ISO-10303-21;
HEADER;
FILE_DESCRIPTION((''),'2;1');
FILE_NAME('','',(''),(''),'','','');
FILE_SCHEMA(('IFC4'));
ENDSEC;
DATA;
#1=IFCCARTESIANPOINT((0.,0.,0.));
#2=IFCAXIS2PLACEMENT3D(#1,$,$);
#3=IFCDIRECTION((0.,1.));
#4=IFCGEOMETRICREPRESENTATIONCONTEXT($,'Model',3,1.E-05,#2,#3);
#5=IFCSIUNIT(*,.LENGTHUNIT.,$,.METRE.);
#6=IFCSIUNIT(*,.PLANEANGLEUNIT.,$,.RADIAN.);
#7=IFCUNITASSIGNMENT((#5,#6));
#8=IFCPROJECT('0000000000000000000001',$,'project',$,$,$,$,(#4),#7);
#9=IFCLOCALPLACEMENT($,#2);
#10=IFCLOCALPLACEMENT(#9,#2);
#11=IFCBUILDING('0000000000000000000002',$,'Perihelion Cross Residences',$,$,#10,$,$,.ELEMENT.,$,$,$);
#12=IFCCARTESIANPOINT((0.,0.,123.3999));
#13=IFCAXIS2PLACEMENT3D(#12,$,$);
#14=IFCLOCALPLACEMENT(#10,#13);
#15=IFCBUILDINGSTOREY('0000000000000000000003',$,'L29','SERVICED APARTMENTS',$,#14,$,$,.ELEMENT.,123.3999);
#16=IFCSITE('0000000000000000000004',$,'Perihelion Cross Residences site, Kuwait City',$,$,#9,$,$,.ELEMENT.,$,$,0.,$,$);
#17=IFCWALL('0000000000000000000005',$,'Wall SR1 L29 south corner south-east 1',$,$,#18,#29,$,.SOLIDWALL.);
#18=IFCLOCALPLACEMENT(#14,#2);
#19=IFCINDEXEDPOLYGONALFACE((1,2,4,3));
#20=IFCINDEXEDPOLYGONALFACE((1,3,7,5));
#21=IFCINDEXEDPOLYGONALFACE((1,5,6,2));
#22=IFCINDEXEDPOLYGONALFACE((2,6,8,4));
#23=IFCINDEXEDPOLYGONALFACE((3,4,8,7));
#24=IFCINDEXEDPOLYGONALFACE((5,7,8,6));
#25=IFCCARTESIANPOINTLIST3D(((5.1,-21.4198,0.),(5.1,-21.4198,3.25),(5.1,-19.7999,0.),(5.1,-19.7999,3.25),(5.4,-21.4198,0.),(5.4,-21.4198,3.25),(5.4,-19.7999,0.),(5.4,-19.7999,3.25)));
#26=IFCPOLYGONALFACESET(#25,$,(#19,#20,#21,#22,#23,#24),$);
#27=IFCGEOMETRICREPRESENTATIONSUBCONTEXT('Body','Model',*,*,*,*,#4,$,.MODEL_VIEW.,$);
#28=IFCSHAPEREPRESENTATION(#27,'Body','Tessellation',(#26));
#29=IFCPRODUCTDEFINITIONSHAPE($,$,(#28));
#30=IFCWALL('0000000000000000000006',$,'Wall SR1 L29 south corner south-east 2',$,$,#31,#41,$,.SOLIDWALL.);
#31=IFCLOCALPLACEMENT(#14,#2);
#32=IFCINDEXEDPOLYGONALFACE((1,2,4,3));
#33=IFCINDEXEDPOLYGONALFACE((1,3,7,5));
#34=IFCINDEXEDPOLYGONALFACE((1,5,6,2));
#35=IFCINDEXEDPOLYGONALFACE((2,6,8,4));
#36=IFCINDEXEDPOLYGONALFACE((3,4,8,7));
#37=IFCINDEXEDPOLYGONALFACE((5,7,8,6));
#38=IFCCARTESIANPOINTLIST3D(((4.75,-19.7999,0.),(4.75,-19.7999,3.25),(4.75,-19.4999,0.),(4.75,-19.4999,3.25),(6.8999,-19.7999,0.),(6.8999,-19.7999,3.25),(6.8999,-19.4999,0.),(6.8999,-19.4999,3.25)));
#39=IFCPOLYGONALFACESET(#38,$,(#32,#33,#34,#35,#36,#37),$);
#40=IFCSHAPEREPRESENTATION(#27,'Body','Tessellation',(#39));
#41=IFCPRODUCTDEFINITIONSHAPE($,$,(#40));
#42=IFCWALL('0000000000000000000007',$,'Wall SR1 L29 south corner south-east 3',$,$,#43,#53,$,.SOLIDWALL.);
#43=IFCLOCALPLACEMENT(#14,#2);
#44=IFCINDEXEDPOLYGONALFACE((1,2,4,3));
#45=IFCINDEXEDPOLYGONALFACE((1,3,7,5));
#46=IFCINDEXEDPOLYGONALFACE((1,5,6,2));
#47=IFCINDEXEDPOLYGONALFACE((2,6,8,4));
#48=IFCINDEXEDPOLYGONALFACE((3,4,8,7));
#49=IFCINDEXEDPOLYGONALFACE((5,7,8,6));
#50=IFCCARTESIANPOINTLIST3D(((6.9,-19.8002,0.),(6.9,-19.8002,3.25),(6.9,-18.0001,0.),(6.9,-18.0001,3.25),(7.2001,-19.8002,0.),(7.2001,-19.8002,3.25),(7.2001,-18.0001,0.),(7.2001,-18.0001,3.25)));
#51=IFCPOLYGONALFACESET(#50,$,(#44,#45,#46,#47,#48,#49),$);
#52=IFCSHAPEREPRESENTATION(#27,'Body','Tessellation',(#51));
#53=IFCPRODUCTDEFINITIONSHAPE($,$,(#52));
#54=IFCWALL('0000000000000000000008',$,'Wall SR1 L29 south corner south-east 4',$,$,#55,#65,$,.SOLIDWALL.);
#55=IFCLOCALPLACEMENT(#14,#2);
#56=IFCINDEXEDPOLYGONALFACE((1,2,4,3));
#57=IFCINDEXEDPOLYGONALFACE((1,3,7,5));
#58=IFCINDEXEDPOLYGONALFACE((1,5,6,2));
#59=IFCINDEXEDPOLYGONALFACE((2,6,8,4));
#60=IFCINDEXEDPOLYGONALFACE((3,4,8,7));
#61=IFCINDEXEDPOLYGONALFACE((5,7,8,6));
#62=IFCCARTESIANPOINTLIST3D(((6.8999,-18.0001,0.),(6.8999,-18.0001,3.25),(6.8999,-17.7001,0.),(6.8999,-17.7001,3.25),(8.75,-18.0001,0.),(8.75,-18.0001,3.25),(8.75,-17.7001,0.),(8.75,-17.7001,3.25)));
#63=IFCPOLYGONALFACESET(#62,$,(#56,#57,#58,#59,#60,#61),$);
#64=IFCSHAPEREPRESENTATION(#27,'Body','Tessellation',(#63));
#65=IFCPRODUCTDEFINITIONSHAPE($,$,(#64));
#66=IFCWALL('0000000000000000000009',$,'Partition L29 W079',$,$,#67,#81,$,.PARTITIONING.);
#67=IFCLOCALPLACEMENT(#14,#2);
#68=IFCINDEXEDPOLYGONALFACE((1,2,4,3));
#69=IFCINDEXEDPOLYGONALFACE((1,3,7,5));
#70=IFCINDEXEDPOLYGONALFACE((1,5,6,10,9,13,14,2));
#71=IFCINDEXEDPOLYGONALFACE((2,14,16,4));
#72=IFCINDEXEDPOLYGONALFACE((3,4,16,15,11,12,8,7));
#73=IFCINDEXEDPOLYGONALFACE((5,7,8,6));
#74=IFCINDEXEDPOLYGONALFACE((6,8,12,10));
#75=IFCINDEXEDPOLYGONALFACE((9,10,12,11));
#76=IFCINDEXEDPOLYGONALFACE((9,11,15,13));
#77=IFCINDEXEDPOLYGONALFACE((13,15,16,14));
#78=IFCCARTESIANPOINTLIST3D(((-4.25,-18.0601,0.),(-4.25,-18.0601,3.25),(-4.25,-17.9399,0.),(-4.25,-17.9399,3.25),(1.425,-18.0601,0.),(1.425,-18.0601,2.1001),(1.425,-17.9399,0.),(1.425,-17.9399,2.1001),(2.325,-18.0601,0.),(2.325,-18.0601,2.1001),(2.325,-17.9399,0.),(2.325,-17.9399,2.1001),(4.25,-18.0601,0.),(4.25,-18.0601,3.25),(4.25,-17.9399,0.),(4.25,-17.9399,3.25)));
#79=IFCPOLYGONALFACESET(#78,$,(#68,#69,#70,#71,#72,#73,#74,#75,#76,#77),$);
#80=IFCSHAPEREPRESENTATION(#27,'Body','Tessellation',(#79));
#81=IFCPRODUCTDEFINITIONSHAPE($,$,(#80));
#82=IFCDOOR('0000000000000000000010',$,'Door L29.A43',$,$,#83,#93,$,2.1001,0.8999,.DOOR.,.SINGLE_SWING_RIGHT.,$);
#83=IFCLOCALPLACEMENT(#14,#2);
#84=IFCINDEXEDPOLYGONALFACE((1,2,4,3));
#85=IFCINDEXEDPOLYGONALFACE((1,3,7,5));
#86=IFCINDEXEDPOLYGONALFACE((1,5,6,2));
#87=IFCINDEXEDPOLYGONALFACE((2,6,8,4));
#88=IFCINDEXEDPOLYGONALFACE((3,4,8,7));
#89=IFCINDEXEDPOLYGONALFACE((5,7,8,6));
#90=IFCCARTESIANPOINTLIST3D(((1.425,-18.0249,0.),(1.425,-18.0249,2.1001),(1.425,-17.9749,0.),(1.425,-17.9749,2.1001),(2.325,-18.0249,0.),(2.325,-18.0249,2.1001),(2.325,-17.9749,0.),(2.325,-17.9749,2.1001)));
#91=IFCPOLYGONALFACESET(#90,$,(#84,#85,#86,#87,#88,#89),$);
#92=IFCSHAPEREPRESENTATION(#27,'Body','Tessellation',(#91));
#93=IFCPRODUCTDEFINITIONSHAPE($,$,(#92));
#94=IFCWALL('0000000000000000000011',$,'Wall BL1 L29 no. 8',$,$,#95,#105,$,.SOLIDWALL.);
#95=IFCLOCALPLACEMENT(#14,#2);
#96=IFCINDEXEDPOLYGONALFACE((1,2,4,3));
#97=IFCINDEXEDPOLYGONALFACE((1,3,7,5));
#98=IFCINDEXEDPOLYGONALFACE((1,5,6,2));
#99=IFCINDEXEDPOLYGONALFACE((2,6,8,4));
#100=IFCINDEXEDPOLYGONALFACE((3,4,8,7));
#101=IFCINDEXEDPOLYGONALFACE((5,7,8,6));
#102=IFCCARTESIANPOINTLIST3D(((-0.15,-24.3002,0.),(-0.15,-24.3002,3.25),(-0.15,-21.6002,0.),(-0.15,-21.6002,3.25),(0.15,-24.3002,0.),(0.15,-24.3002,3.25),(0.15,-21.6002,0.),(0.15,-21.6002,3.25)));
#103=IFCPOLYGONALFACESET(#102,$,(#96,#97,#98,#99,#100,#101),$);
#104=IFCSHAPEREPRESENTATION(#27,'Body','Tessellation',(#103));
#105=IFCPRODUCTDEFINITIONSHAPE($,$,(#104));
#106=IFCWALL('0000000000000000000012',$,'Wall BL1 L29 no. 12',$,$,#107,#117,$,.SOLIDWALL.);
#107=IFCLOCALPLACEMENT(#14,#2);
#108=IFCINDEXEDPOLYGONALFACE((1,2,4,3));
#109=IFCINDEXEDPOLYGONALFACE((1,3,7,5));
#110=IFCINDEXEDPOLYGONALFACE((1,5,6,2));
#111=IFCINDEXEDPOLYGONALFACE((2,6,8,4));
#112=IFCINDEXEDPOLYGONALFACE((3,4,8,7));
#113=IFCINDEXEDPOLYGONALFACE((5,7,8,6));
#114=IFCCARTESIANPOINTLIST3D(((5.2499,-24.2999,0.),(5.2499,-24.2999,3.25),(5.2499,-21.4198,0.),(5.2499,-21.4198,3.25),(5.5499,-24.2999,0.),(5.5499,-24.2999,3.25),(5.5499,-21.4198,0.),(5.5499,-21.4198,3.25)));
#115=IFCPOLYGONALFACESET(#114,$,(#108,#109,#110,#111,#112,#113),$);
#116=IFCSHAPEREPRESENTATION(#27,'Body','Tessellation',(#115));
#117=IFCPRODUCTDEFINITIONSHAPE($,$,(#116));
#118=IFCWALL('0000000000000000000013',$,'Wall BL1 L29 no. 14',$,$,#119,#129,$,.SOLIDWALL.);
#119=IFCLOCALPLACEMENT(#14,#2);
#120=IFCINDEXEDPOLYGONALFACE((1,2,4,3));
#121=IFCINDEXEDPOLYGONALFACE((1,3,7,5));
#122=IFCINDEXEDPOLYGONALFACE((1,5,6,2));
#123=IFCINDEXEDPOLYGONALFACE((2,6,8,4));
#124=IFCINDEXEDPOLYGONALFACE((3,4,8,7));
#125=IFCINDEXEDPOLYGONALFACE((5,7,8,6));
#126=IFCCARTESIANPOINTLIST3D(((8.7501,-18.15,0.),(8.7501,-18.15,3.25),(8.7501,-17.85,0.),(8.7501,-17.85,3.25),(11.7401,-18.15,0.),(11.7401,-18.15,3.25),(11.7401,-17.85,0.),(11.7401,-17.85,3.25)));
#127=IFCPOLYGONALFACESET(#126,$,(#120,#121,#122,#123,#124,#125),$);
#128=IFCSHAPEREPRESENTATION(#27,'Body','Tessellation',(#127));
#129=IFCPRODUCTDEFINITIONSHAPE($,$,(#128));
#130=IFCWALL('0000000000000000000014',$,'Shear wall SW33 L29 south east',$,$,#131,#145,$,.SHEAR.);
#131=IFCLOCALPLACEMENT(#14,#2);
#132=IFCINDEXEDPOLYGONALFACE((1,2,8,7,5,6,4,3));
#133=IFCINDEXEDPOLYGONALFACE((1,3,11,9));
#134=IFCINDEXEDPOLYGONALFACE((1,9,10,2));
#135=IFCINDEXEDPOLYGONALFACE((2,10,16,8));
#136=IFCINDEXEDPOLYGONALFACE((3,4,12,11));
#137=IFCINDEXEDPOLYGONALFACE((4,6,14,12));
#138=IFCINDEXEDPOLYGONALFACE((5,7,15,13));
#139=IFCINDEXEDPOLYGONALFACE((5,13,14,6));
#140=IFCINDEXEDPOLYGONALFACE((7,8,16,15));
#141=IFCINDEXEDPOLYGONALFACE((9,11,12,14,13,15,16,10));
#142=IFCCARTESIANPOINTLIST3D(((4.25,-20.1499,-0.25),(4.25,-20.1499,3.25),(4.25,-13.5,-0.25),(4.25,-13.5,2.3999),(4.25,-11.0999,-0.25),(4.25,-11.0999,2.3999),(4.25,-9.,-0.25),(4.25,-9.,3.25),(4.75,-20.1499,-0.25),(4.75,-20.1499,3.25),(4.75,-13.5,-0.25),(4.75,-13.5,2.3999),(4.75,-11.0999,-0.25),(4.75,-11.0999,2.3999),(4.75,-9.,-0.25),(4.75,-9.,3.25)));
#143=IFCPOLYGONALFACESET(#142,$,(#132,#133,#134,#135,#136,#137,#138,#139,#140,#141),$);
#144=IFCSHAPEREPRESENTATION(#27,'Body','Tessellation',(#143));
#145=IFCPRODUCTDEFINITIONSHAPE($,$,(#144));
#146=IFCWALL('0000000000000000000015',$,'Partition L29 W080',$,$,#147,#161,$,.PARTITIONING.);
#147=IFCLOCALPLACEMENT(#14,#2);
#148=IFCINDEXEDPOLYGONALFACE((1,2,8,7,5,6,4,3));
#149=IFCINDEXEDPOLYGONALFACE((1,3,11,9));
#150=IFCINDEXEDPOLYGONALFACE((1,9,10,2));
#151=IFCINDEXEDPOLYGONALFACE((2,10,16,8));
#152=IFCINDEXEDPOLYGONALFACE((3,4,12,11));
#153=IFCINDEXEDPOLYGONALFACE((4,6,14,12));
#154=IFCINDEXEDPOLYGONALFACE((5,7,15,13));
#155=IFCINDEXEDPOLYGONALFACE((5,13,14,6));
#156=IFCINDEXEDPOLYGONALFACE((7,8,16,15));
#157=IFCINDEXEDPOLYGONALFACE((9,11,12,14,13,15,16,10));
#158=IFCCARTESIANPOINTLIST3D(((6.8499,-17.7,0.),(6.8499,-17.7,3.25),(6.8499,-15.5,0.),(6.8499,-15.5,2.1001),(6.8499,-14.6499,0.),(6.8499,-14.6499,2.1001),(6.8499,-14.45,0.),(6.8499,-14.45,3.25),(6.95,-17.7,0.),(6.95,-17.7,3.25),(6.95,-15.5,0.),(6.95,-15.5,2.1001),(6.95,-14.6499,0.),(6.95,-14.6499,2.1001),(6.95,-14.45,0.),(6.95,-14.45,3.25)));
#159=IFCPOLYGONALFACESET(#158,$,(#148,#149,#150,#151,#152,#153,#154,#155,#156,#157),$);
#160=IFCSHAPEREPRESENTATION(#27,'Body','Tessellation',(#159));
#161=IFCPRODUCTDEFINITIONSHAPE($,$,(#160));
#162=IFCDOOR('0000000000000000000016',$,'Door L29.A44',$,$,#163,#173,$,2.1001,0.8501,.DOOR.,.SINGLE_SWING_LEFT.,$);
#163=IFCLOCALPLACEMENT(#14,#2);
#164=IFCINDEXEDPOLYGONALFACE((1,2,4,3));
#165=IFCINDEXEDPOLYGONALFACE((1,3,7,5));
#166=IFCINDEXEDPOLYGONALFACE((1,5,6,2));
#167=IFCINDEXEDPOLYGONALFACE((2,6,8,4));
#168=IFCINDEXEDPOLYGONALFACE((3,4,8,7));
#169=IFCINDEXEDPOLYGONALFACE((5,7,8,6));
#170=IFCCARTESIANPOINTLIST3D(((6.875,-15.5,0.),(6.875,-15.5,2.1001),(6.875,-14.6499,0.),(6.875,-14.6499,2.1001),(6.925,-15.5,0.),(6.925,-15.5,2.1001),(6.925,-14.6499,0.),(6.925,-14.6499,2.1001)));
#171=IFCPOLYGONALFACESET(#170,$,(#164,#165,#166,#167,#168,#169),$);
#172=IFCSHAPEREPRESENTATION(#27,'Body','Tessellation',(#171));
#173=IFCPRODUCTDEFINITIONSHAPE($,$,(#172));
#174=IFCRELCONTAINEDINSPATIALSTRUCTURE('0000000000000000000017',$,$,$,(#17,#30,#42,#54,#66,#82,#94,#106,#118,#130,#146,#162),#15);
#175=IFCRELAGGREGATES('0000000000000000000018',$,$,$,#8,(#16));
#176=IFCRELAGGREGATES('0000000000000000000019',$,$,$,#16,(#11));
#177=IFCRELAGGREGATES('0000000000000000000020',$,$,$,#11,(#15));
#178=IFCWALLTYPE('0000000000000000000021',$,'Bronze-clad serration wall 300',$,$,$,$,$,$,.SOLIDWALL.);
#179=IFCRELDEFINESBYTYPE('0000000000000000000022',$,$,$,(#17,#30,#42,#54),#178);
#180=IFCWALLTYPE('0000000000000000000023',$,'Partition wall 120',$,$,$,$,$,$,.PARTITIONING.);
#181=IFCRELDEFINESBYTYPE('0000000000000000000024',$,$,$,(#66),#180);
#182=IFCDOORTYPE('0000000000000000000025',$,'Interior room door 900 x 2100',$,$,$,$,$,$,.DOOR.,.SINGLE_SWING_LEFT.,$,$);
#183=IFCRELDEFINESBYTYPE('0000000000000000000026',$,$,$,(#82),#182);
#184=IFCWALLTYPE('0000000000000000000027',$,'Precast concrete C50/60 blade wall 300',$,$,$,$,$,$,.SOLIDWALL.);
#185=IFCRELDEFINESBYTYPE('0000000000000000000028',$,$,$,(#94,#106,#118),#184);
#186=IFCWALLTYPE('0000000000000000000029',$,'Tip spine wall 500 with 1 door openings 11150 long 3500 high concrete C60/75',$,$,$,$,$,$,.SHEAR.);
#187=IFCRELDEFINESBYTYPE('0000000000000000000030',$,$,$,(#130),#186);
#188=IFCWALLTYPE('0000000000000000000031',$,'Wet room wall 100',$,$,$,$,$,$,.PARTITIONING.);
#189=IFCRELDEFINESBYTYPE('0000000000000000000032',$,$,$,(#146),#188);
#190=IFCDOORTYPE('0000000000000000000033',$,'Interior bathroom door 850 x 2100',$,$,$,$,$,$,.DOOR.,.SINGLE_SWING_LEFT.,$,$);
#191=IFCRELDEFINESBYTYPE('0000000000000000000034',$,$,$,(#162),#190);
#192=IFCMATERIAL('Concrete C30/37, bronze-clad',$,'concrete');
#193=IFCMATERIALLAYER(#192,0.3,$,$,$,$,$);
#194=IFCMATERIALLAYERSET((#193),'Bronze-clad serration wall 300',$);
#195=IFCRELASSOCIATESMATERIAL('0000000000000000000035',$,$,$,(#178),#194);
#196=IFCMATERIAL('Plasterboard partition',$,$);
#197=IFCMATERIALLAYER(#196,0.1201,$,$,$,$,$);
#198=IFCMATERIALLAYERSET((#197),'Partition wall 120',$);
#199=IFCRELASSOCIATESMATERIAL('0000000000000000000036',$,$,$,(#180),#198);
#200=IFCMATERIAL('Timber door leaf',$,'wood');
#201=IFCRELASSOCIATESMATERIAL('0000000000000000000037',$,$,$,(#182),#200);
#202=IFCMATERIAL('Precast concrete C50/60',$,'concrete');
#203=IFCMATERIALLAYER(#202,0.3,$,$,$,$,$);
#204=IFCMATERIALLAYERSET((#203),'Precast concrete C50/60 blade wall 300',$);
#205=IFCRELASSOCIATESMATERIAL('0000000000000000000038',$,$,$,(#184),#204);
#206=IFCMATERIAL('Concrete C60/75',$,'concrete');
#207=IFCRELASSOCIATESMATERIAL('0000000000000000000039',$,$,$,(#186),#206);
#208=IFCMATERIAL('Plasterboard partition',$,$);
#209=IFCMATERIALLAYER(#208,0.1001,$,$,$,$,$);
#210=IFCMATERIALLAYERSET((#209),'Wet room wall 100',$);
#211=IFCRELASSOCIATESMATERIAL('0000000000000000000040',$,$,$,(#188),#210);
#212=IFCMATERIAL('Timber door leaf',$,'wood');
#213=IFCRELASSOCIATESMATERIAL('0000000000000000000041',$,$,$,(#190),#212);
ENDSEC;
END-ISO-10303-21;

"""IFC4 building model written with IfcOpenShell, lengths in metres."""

from ifc_helpers import new_model, si_unit, direction, frame, frame_2d, origin, place, context, subcontext, project, spatial, polyline, rectangle, outline, extrude, material, layer, layer_set, material_profile, profile_set, type_object, element, fill, save


model = new_model("IFC4")

# Units and contexts
model_context = context("Model", 3, precision=1e-05, world=origin(), true_north=direction((0.0, 1.0)))
body_context = subcontext(model_context, "Body", "Model", "MODEL_VIEW")
ifc_project = project(units=[si_unit("LENGTHUNIT", "METRE"), si_unit("PLANEANGLEUNIT", "RADIAN")], contexts=[model_context])

# Site, building, storey
site_placement = place(None, origin())
site = spatial("IfcSite", under=ifc_project, at=site_placement, Name="Perihelion Cross Residences site, Kuwait City", CompositionType="ELEMENT", RefElevation=0.0)
building_placement = place(site_placement, origin())
building = spatial("IfcBuilding", under=site, at=building_placement, Name="Perihelion Cross Residences", CompositionType="ELEMENT")
storey_placement = place(building_placement, frame((0.0, 0.0, 123.3999)))
storey = spatial("IfcBuildingStorey", under=building, at=storey_placement, Name="L29", Description="SERVICED APARTMENTS", CompositionType="ELEMENT", Elevation=123.3999)

# Walls
ifc_material_1 = material(Name="Concrete C30/37, bronze-clad", Category="concrete")
ifc_layer_1 = layer(ifc_material_1, 0.3)
ifc_layer_set_1 = layer_set([ifc_layer_1], Name="Bronze-clad serration wall 300")
wall_type_1 = type_object("IfcWallType", Name="Bronze-clad serration wall 300", PredefinedType="SOLIDWALL", material=ifc_layer_set_1)
wall_1_placement = place(storey_placement, frame((5.25, -21.4199, 0.0), z_axis=(0.0, 0.0, 1.0), x_axis=(0.0, 1.0, 0.0)))
element("IfcWall", 1, at=wall_1_placement, inside=storey, type_object=wall_type_1, Name="Wall SR1 L29 south corner south-east 1", PredefinedType="SOLIDWALL", context=body_context, shape_type="SweptSolid", body=[
    extrude(rectangle(XDim=1.6199, YDim=0.3, at=frame_2d((0.8101, 0.0))), origin(), (0.0, 0.0, 1.0), 3.25),
])
wall_2_placement = place(storey_placement, frame((4.75, -19.6499, 0.0), z_axis=(0.0, 0.0, 1.0), x_axis=(1.0, 0.0, 0.0)))
element("IfcWall", 2, at=wall_2_placement, inside=storey, type_object=wall_type_1, Name="Wall SR1 L29 south corner south-east 2", PredefinedType="SOLIDWALL", context=body_context, shape_type="SweptSolid", body=[
    extrude(rectangle(XDim=2.1499, YDim=0.3, at=frame_2d((1.075, 0.0))), origin(), (0.0, 0.0, 1.0), 3.25),
])
wall_3_placement = place(storey_placement, frame((7.05, -19.8, 0.0), z_axis=(0.0, 0.0, 1.0), x_axis=(0.0, 1.0, 0.0)))
element("IfcWall", 3, at=wall_3_placement, inside=storey, type_object=wall_type_1, Name="Wall SR1 L29 south corner south-east 3", PredefinedType="SOLIDWALL", context=body_context, shape_type="SweptSolid", body=[
    extrude(rectangle(XDim=1.8, YDim=0.3, at=frame_2d((0.8999, 0.0))), origin(), (0.0, 0.0, 1.0), 3.25),
])
wall_4_placement = place(storey_placement, frame((6.8999, -17.8501, 0.0), z_axis=(0.0, 0.0, 1.0), x_axis=(1.0, 0.0, 0.0)))
element("IfcWall", 4, at=wall_4_placement, inside=storey, type_object=wall_type_1, Name="Wall SR1 L29 south corner south-east 4", PredefinedType="SOLIDWALL", context=body_context, shape_type="SweptSolid", body=[
    extrude(rectangle(XDim=1.8501, YDim=0.3, at=frame_2d((0.925, 0.0))), origin(), (0.0, 0.0, 1.0), 3.25),
])

# Wall, opening, door
ifc_material_2 = material(Name="Plasterboard partition")
ifc_layer_2 = layer(ifc_material_2, 0.1201)
ifc_layer_set_2 = layer_set([ifc_layer_2], Name="Partition wall 120")
wall_type_2 = type_object("IfcWallType", Name="Partition wall 120", PredefinedType="PARTITIONING", material=ifc_layer_set_2)
wall_5_placement = place(storey_placement, frame((4.25, -18.0, 0.0), z_axis=(0.0, 0.0, 1.0), x_axis=(-1.0, 0.0, 0.0)))
wall_5 = element("IfcWall", 5, at=wall_5_placement, inside=storey, type_object=wall_type_2, Name="Partition L29 W079", PredefinedType="PARTITIONING", context=body_context, shape_type="SweptSolid", body=[
    extrude(rectangle(XDim=8.5, YDim=0.1201, at=frame_2d((4.25, 0.0))), origin(), (0.0, 0.0, 1.0), 3.25),
])
opening_1_placement = place(wall_5_placement, frame((1.925, 0.0, 0.0)))
opening_1 = element("IfcOpeningElement", 6, at=opening_1_placement, cuts=wall_5, PredefinedType="OPENING", context=body_context, shape_type="SweptSolid", body=[
    extrude(rectangle(XDim=0.8999, YDim=2.1001, at=frame_2d((0.45, 1.05))), frame((0.0, 0.0701, 0.0), z_axis=(0.0, -1.0, 0.0), x_axis=(1.0, 0.0, 0.0)), (0.0, 0.0, 1.0), 0.1401),
])
ifc_material_3 = material(Name="Timber door leaf", Category="wood")
door_type_1 = type_object("IfcDoorType", Name="Interior room door 900 x 2100", OperationType="SINGLE_SWING_LEFT", PredefinedType="DOOR", material=ifc_material_3)
door_1_placement = place(opening_1_placement, origin())
door_1 = element("IfcDoor", 7, at=door_1_placement, inside=storey, type_object=door_type_1, Name="Door L29.A43", OperationType="SINGLE_SWING_RIGHT", OverallHeight=2.1001, OverallWidth=0.8999, PredefinedType="DOOR", context=body_context, shape_type="SweptSolid", body=[
    extrude(rectangle(XDim=0.8999, YDim=2.1001, at=frame_2d((0.45, 1.05))), frame((0.0, 0.0249, 0.0), z_axis=(0.0, -1.0, 0.0), x_axis=(1.0, 0.0, 0.0)), (0.0, 0.0, 1.0), 0.05),
])
fill(opening_1, door_1)

# Walls
ifc_material_4 = material(Name="Precast concrete C50/60", Category="concrete")
ifc_layer_3 = layer(ifc_material_4, 0.3)
ifc_layer_set_3 = layer_set([ifc_layer_3], Name="Precast concrete C50/60 blade wall 300")
wall_type_3 = type_object("IfcWallType", Name="Precast concrete C50/60 blade wall 300", PredefinedType="SOLIDWALL", material=ifc_layer_set_3)
wall_6_placement = place(storey_placement, frame((0.0, -21.6001, 0.0), z_axis=(0.0, 0.0, 1.0), x_axis=(0.0, -1.0, 0.0)))
element("IfcWall", 8, at=wall_6_placement, inside=storey, type_object=wall_type_3, Name="Wall BL1 L29 no. 8", PredefinedType="SOLIDWALL", context=body_context, shape_type="SweptSolid", body=[
    extrude(rectangle(XDim=2.7, YDim=0.3, at=frame_2d((1.3501, 0.0))), origin(), (0.0, 0.0, 1.0), 3.25),
])
wall_7_placement = place(storey_placement, frame((5.3999, -21.4199, 0.0), z_axis=(0.0, 0.0, 1.0), x_axis=(0.0, -1.0, 0.0)))
element("IfcWall", 9, at=wall_7_placement, inside=storey, type_object=wall_type_3, Name="Wall BL1 L29 no. 12", PredefinedType="SOLIDWALL", context=body_context, shape_type="SweptSolid", body=[
    extrude(rectangle(XDim=2.8801, YDim=0.3, at=frame_2d((1.4399, 0.0))), origin(), (0.0, 0.0, 1.0), 3.25),
])
wall_8_placement = place(storey_placement, frame((8.75, -18.0, 0.0), z_axis=(0.0, 0.0, 1.0), x_axis=(1.0, 0.0, 0.0)))
element("IfcWall", 10, at=wall_8_placement, inside=storey, type_object=wall_type_3, Name="Wall BL1 L29 no. 14", PredefinedType="SOLIDWALL", context=body_context, shape_type="SweptSolid", body=[
    extrude(rectangle(XDim=2.99, YDim=0.3, at=frame_2d((1.4951, 0.0))), origin(), (0.0, 0.0, 1.0), 3.25),
])
ifc_material_5 = material(Name="Concrete C60/75", Category="concrete")
ifc_material_profile_1 = material_profile(ifc_material_5, outline(polyline([(0.0, 0.0), (6.6499, 0.0), (6.6499, 2.6499), (9.05, 2.6499), (9.05, 0.0), (11.1499, 0.0), (11.1499, 3.5), (0.0, 3.5), (0.0, 0.0)])), Name="Tip spine wall")
ifc_profile_set_1 = profile_set([ifc_material_profile_1], Name="Concrete C60/75")
wall_type_4 = type_object("IfcWallType", Name="Tip spine wall 500 with 1 door openings 11150 long 3500 high concrete C60/75", PredefinedType="SHEAR", material=ifc_profile_set_1)
wall_9_placement = place(storey_placement, frame((4.25, -20.1499, -0.25), z_axis=(1.0, 0.0, 0.0), x_axis=(0.0, 1.0, 0.0)))
element("IfcWall", 11, at=wall_9_placement, inside=storey, type_object=wall_type_4, Name="Shear wall SW33 L29 south east", PredefinedType="SHEAR", context=body_context, shape_type="SweptSolid", body=[
    extrude(outline(polyline([(0.0, 0.0), (6.6499, 0.0), (6.6499, 2.6499), (9.05, 2.6499), (9.05, 0.0), (11.1499, 0.0), (11.1499, 3.5), (0.0, 3.5), (0.0, 0.0)])), origin(), (0.0, 0.0, 1.0), 0.5),
])

# Wall, opening, door
ifc_material_6 = material(Name="Plasterboard partition")
ifc_layer_4 = layer(ifc_material_6, 0.1001)
ifc_layer_set_4 = layer_set([ifc_layer_4], Name="Wet room wall 100")
wall_type_5 = type_object("IfcWallType", Name="Wet room wall 100", PredefinedType="PARTITIONING", material=ifc_layer_set_4)
wall_10_placement = place(storey_placement, frame((6.8999, -17.7, 0.0), z_axis=(0.0, 0.0, 1.0), x_axis=(0.0, 1.0, 0.0)))
wall_10 = element("IfcWall", 12, at=wall_10_placement, inside=storey, type_object=wall_type_5, Name="Partition L29 W080", PredefinedType="PARTITIONING", context=body_context, shape_type="SweptSolid", body=[
    extrude(rectangle(XDim=3.25, YDim=0.1001, at=frame_2d((1.625, 0.0))), origin(), (0.0, 0.0, 1.0), 3.25),
])
opening_2_placement = place(wall_10_placement, frame((2.2, 0.0, 0.0)))
opening_2 = element("IfcOpeningElement", 13, at=opening_2_placement, cuts=wall_10, PredefinedType="OPENING", context=body_context, shape_type="SweptSolid", body=[
    extrude(rectangle(XDim=0.8501, YDim=2.1001, at=frame_2d((0.425, 1.05))), frame((0.0, 0.0601, 0.0), z_axis=(0.0, -1.0, 0.0), x_axis=(1.0, 0.0, 0.0)), (0.0, 0.0, 1.0), 0.1201),
])
ifc_material_7 = material(Name="Timber door leaf", Category="wood")
door_type_2 = type_object("IfcDoorType", Name="Interior bathroom door 850 x 2100", OperationType="SINGLE_SWING_LEFT", PredefinedType="DOOR", material=ifc_material_7)
door_2_placement = place(opening_2_placement, origin())
door_2 = element("IfcDoor", 14, at=door_2_placement, inside=storey, type_object=door_type_2, Name="Door L29.A44", OperationType="SINGLE_SWING_LEFT", OverallHeight=2.1001, OverallWidth=0.8501, PredefinedType="DOOR", context=body_context, shape_type="SweptSolid", body=[
    extrude(rectangle(XDim=0.8501, YDim=2.1001, at=frame_2d((0.425, 1.05))), frame((0.0, 0.0249, 0.0), z_axis=(0.0, -1.0, 0.0), x_axis=(1.0, 0.0, 0.0)), (0.0, 0.0, 1.0), 0.05),
])
fill(opening_2, door_2)

save(model, "model.ifc")
